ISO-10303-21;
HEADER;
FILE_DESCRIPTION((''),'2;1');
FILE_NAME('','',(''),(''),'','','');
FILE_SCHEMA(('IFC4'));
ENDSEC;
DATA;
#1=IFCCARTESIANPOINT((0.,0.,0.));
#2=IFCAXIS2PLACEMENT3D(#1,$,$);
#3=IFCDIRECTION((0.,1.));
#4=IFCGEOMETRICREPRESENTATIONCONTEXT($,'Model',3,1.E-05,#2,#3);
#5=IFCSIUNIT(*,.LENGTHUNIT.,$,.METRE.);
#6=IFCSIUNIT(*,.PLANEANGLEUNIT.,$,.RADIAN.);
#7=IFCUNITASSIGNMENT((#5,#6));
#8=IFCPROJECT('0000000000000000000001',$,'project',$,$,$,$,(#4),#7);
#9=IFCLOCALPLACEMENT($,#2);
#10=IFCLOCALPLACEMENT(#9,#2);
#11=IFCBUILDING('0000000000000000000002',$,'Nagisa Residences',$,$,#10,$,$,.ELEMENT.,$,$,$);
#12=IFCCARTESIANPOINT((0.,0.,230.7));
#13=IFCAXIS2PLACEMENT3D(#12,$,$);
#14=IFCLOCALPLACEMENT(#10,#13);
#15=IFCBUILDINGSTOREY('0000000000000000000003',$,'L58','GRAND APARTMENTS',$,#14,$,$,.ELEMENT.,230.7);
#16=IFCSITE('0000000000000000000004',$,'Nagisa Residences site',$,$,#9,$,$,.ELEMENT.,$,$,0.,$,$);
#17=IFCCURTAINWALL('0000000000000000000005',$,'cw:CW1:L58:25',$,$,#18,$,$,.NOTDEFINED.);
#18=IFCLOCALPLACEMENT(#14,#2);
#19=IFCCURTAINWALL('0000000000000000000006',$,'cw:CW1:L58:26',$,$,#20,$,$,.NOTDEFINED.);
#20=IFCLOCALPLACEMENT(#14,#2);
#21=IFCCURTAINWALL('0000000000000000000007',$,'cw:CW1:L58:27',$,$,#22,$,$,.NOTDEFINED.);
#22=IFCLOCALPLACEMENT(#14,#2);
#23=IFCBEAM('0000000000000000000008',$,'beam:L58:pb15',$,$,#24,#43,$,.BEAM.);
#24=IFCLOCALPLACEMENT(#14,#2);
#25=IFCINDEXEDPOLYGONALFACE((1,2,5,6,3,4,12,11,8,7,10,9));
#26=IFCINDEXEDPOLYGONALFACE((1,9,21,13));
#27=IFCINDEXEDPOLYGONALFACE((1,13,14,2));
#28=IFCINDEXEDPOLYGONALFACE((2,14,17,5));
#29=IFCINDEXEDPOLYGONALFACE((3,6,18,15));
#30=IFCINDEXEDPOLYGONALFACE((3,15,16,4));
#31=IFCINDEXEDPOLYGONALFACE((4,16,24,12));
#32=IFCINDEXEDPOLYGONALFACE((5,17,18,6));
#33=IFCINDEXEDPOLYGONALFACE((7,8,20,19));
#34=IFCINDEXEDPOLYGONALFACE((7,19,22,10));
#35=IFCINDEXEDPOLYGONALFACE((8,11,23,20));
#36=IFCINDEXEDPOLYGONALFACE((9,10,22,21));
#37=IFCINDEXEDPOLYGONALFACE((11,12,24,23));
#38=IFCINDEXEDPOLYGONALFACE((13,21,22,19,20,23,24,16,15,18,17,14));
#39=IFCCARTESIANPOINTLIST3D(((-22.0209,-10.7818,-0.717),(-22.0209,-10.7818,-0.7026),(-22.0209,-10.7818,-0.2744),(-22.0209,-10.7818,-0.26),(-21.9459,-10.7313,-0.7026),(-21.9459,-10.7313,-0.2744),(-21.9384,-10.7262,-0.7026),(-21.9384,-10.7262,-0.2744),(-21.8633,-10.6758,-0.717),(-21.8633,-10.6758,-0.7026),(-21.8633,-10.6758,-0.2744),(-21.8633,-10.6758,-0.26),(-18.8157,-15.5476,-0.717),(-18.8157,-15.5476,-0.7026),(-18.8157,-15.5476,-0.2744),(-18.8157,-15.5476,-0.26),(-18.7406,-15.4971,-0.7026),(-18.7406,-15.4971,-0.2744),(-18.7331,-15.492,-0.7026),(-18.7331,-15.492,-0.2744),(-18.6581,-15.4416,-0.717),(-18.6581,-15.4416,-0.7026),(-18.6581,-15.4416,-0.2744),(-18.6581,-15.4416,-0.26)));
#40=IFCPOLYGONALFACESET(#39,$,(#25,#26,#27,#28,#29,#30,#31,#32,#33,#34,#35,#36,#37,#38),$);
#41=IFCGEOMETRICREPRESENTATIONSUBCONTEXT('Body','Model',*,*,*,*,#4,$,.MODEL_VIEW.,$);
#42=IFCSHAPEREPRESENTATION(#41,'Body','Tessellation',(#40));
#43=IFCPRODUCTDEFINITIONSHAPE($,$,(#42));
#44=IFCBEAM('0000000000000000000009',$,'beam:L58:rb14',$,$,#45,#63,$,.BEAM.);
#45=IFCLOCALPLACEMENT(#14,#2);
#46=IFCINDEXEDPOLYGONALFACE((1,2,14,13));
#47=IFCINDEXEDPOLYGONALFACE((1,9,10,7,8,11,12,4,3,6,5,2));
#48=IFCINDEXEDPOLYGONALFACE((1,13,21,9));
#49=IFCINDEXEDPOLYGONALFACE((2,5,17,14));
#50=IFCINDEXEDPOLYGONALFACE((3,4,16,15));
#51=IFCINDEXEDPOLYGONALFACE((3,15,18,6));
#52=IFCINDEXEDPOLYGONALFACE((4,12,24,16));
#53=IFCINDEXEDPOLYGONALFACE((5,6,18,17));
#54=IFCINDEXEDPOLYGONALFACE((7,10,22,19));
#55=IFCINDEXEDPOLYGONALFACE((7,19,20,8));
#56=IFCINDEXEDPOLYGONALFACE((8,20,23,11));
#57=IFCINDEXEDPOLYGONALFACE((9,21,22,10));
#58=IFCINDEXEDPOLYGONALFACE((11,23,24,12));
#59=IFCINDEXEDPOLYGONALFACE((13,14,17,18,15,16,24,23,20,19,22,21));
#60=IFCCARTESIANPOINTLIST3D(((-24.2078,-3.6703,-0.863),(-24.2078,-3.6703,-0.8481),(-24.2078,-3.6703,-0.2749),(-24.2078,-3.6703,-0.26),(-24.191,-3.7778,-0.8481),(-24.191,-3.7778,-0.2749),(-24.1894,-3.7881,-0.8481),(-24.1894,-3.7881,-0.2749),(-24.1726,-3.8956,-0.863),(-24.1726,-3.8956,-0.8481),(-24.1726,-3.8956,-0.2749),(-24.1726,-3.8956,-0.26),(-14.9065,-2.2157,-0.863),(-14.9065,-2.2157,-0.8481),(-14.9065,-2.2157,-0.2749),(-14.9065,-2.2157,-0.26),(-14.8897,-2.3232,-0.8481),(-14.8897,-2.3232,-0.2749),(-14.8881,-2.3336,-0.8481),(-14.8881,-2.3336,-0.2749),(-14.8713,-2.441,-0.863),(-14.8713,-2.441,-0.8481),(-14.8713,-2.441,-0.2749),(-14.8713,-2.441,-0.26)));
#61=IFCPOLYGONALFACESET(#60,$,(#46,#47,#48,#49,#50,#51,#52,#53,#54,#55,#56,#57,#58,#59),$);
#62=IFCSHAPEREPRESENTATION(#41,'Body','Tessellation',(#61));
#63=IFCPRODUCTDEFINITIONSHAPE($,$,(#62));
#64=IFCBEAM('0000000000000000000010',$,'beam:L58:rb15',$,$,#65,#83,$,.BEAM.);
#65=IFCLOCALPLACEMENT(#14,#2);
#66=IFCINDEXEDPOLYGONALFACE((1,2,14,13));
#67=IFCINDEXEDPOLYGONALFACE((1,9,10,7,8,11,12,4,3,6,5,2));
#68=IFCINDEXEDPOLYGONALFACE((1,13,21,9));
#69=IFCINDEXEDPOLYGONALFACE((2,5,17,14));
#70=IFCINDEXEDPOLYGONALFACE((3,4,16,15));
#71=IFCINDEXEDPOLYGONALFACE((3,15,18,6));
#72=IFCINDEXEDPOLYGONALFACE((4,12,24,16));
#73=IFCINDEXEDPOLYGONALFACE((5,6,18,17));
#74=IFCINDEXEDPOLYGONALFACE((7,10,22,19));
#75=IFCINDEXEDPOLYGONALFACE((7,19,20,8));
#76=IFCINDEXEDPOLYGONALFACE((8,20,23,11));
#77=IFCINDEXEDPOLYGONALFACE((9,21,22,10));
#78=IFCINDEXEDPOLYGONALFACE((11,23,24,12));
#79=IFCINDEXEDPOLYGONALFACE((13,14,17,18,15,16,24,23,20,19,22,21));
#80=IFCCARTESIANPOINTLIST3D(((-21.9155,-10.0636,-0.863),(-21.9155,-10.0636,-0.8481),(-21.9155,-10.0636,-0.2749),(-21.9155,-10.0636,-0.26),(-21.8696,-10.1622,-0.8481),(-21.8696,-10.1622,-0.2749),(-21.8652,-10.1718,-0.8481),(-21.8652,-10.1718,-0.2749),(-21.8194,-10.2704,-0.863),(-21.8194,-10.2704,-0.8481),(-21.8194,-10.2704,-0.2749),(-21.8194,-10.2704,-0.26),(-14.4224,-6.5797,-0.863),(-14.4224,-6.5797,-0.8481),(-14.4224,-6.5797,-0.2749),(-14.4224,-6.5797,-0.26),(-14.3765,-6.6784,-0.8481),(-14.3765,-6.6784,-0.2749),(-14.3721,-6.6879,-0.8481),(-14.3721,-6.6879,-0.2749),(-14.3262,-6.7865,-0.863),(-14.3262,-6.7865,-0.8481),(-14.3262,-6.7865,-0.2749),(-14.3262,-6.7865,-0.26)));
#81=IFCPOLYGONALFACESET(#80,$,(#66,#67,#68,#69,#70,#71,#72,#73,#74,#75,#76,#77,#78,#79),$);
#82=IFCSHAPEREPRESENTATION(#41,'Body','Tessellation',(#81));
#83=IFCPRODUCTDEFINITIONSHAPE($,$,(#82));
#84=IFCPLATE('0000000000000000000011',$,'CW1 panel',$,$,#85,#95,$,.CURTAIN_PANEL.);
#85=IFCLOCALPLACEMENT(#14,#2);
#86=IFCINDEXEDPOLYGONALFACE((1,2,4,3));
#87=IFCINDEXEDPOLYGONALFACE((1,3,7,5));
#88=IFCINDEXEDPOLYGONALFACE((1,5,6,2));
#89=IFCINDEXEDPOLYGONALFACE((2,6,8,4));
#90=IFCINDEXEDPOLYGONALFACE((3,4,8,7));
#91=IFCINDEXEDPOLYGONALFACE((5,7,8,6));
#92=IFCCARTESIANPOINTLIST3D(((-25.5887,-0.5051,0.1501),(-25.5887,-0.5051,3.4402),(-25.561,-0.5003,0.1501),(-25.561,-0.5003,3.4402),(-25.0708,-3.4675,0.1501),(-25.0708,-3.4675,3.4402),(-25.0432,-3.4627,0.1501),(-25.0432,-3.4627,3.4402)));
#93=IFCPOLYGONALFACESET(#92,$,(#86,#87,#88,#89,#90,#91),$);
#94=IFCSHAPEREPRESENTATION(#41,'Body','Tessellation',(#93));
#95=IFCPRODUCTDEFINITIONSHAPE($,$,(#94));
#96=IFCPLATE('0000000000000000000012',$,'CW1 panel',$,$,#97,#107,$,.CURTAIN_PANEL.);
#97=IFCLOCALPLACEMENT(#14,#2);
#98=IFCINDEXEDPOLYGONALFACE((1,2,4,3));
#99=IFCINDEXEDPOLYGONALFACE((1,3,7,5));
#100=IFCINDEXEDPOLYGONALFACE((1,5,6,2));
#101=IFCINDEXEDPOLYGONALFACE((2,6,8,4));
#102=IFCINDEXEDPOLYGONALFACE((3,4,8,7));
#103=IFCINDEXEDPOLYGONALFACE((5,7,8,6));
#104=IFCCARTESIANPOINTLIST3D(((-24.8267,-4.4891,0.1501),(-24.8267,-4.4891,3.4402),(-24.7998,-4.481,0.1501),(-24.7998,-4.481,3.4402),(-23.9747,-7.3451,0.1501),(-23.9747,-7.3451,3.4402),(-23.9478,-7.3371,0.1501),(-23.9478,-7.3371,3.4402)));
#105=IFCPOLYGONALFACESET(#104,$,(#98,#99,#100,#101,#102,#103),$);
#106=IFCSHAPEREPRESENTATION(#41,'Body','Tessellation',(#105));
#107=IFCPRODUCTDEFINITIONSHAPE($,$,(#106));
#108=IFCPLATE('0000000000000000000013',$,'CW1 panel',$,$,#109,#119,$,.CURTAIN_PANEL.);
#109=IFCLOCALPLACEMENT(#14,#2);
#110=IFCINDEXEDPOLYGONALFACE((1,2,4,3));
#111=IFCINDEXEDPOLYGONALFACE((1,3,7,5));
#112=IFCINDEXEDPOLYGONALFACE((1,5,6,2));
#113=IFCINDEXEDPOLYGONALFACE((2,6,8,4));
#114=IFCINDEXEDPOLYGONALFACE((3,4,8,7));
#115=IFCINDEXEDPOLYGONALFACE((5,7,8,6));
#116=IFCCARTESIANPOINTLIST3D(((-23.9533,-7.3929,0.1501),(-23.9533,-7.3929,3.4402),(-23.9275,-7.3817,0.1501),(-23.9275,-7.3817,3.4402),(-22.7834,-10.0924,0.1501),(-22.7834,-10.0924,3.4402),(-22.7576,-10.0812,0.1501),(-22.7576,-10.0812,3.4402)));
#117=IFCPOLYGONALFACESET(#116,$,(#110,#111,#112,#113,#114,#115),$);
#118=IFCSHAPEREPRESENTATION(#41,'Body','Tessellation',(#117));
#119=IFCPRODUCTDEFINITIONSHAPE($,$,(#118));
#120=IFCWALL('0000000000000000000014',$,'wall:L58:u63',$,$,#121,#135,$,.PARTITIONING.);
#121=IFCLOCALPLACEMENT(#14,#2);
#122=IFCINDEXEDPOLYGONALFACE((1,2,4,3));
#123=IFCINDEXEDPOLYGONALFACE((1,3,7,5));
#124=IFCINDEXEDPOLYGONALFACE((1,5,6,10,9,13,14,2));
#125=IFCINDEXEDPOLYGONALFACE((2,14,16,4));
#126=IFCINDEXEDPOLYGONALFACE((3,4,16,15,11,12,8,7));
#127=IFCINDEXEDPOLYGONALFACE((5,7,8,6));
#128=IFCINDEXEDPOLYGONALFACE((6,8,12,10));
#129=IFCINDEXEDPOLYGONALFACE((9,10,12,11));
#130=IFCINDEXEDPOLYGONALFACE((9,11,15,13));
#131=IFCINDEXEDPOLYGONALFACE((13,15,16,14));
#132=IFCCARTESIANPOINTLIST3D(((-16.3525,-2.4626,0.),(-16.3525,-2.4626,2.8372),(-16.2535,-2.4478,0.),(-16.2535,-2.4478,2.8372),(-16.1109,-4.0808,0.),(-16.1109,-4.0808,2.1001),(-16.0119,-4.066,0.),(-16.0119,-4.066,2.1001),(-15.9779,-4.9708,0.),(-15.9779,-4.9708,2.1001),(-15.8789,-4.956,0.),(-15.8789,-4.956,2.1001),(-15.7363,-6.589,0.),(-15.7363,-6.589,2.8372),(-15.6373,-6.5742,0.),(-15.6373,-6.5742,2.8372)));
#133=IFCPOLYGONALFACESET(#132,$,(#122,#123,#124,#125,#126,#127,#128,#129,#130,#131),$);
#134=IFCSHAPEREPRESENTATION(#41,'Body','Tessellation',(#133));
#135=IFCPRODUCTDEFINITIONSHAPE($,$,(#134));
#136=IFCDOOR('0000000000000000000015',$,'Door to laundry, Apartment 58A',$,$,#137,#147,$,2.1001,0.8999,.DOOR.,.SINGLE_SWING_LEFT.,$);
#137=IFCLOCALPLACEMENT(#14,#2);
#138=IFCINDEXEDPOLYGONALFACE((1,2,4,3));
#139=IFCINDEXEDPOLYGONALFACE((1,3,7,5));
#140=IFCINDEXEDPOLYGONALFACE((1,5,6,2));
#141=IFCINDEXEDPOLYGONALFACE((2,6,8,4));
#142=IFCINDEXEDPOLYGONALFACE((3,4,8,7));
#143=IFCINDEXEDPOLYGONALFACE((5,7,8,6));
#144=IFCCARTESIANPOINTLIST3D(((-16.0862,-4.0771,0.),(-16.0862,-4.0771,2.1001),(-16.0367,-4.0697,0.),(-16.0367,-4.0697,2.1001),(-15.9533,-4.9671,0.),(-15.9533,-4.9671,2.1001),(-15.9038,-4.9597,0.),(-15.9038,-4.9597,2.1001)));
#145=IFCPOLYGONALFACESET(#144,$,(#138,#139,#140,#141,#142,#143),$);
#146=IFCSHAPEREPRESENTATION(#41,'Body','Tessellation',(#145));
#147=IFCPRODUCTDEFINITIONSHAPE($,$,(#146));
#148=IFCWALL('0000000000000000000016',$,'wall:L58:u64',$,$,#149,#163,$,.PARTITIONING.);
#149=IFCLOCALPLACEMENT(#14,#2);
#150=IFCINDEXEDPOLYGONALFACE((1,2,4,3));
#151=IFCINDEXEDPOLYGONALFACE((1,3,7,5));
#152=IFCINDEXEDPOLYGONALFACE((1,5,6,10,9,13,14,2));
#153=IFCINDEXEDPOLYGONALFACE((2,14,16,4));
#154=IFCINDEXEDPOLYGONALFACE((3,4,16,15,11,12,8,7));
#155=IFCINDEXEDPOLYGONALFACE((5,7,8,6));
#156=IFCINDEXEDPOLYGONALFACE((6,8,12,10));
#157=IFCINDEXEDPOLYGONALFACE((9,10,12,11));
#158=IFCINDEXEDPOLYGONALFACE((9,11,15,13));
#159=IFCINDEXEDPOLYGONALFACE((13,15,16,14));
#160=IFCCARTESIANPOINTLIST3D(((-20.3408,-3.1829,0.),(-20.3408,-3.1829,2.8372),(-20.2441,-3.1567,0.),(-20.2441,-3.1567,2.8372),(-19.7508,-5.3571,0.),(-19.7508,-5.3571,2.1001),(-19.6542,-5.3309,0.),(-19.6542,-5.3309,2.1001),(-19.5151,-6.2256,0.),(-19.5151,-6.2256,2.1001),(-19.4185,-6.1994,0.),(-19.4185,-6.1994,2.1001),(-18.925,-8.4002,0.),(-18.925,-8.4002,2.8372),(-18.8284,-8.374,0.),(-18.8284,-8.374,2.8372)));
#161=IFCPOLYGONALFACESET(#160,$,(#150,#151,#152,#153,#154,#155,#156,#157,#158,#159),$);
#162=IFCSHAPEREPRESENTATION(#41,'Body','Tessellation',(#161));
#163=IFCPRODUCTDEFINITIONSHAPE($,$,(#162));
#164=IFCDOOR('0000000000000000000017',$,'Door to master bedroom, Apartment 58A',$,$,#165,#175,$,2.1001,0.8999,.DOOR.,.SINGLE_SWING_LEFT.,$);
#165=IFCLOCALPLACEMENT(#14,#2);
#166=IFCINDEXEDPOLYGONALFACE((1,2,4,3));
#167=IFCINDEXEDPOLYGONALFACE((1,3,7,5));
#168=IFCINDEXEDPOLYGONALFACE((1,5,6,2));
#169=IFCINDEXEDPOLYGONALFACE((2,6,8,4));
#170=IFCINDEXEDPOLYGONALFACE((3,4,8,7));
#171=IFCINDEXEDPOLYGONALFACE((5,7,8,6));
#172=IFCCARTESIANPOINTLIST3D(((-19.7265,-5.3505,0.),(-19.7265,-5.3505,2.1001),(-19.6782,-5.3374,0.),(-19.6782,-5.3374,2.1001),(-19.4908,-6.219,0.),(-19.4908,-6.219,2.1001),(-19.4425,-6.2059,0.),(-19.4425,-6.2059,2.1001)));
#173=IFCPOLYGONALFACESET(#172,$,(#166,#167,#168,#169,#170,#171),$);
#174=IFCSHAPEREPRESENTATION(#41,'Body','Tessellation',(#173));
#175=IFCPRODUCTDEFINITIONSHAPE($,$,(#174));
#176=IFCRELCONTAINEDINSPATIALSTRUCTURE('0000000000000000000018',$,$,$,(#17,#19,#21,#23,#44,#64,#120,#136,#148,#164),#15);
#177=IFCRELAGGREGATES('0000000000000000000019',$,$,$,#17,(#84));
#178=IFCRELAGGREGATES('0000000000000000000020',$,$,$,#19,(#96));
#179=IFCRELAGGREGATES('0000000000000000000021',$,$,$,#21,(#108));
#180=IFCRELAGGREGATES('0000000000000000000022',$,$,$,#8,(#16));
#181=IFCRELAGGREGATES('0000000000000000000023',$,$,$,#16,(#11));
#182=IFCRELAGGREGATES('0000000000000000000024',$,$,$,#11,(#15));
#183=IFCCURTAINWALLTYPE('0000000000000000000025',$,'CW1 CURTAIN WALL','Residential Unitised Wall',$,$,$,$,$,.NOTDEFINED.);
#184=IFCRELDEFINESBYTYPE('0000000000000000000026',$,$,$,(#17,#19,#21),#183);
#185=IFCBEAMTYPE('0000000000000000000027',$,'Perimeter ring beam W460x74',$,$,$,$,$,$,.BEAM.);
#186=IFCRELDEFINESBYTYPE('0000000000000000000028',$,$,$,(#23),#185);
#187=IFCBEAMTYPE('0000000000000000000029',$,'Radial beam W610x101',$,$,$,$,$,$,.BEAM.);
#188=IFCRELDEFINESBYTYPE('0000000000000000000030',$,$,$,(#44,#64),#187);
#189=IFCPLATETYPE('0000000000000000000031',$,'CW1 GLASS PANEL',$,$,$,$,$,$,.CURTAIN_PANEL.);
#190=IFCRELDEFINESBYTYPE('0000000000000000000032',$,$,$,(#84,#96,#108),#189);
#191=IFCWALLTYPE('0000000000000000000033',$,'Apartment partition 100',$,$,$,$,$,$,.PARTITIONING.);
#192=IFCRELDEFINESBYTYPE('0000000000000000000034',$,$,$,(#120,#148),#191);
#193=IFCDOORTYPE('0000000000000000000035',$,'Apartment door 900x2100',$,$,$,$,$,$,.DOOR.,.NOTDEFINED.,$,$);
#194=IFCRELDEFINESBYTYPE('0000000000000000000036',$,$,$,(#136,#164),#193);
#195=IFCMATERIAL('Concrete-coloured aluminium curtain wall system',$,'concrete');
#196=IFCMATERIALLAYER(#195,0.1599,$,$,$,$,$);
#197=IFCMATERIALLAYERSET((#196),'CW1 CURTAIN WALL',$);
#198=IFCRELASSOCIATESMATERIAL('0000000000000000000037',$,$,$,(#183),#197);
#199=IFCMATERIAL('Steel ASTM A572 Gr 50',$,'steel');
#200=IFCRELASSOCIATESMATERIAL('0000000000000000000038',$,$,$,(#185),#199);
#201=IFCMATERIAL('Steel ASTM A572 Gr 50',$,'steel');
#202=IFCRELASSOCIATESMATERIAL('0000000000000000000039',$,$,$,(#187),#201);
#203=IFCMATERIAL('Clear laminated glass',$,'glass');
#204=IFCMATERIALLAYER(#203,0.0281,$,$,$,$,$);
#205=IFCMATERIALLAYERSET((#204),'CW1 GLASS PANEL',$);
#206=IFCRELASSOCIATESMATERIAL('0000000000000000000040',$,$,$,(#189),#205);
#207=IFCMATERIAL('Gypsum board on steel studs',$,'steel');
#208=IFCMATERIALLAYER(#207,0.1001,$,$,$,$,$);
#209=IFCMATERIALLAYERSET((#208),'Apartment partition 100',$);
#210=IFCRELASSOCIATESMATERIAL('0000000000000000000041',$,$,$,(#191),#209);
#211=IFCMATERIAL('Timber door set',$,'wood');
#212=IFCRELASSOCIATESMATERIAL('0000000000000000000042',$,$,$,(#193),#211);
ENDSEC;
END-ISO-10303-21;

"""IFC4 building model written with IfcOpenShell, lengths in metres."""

from ifc_helpers import new_model, si_unit, direction, frame, frame_2d, origin, origin_2d, place, context, subcontext, project, spatial, rectangle, i_section, extrude, material, layer, layer_set, material_profile, profile_set, type_object, element, fill, aggregate, save


model = new_model("IFC4")

# Units and contexts
model_context = context("Model", 3, precision=1e-05, world=origin(), true_north=direction((0.0, 1.0)))
body_context = subcontext(model_context, "Body", "Model", "MODEL_VIEW")
ifc_project = project(units=[si_unit("LENGTHUNIT", "METRE"), si_unit("PLANEANGLEUNIT", "RADIAN")], contexts=[model_context])

# Site, building, storey
site_placement = place(None, origin())
site = spatial("IfcSite", under=ifc_project, at=site_placement, Name="Nagisa Residences site", CompositionType="ELEMENT", RefElevation=0.0)
building_placement = place(site_placement, origin())
building = spatial("IfcBuilding", under=site, at=building_placement, Name="Nagisa Residences", CompositionType="ELEMENT")
storey_placement = place(building_placement, frame((0.0, 0.0, 230.7)))
storey = spatial("IfcBuildingStorey", under=building, at=storey_placement, Name="L58", Description="GRAND APARTMENTS", CompositionType="ELEMENT", Elevation=230.7)

# Curtain walls
ifc_material_1 = material(Name="Concrete-coloured aluminium curtain wall system", Category="concrete")
ifc_layer_1 = layer(ifc_material_1, 0.1599)
ifc_layer_set_1 = layer_set([ifc_layer_1], Name="CW1 CURTAIN WALL")
curtain_wall_type = type_object("IfcCurtainWallType", Name="CW1 CURTAIN WALL", Description="Residential Unitised Wall", PredefinedType="NOTDEFINED", material=ifc_layer_set_1)
curtain_wall_1_placement = place(storey_placement, origin())
curtain_wall_1 = element("IfcCurtainWall", 1, at=curtain_wall_1_placement, inside=storey, type_object=curtain_wall_type, Name="cw:CW1:L58:25", PredefinedType="NOTDEFINED")
curtain_wall_2_placement = place(storey_placement, origin())
curtain_wall_2 = element("IfcCurtainWall", 2, at=curtain_wall_2_placement, inside=storey, type_object=curtain_wall_type, Name="cw:CW1:L58:26", PredefinedType="NOTDEFINED")
curtain_wall_3_placement = place(storey_placement, origin())
curtain_wall_3 = element("IfcCurtainWall", 3, at=curtain_wall_3_placement, inside=storey, type_object=curtain_wall_type, Name="cw:CW1:L58:27", PredefinedType="NOTDEFINED")

# Beams
ifc_material_2 = material(Name="Steel ASTM A572 Gr 50", Category="steel")
ifc_material_profile_1 = material_profile(ifc_material_2, i_section(OverallWidth=0.1899, OverallDepth=0.457, WebThickness=0.009, FlangeThickness=0.0144, at=origin_2d()), Name="W460x74")
ifc_profile_set_1 = profile_set([ifc_material_profile_1], Name="Steel ASTM A572 Gr 50")
beam_type_1 = type_object("IfcBeamType", Name="Perimeter ring beam W460x74", PredefinedType="BEAM", material=ifc_profile_set_1)
beam_1_placement = place(storey_placement, frame((-21.9421, -10.7288, -0.4885), z_axis=(0.55808, -0.829787, 0.0), x_axis=(0.829787, 0.55808, 0.0)))
element("IfcBeam", 4, at=beam_1_placement, inside=storey, type_object=beam_type_1, Name="beam:L58:pb15", PredefinedType="BEAM", context=body_context, shape_type="SweptSolid", body=[
    extrude(i_section(OverallWidth=0.1899, OverallDepth=0.457, WebThickness=0.009, FlangeThickness=0.0144, at=origin_2d()), origin(), (0.0, 0.0, 1.0), 5.7434),
])
ifc_material_3 = material(Name="Steel ASTM A572 Gr 50", Category="steel")
ifc_material_profile_2 = material_profile(ifc_material_3, i_section(OverallWidth=0.228, OverallDepth=0.603, WebThickness=0.0105, FlangeThickness=0.0149, at=origin_2d()), Name="W610x101")
ifc_profile_set_2 = profile_set([ifc_material_profile_2], Name="Steel ASTM A572 Gr 50")
beam_type_2 = type_object("IfcBeamType", Name="Radial beam W610x101", PredefinedType="BEAM", material=ifc_profile_set_2)
beam_2_placement = place(storey_placement, frame((-24.1902, -3.783, -0.5615), z_axis=(0.987992, 0.154508, 0.0), x_axis=(-0.154508, 0.987992, 0.0)))
element("IfcBeam", 5, at=beam_2_placement, inside=storey, type_object=beam_type_2, Name="beam:L58:rb14", PredefinedType="BEAM", context=body_context, shape_type="SweptSolid", body=[
    extrude(i_section(OverallWidth=0.228, OverallDepth=0.603, WebThickness=0.0105, FlangeThickness=0.0149, at=origin_2d()), origin(), (0.0, 0.0, 1.0), 9.4143),
])
beam_3_placement = place(storey_placement, frame((-21.8674, -10.167, -0.5615), z_axis=(0.906782, 0.421601, 0.0), x_axis=(-0.421601, 0.906782, 0.0)))
element("IfcBeam", 6, at=beam_3_placement, inside=storey, type_object=beam_type_2, Name="beam:L58:rb15", PredefinedType="BEAM", context=body_context, shape_type="SweptSolid", body=[
    extrude(i_section(OverallWidth=0.228, OverallDepth=0.603, WebThickness=0.0105, FlangeThickness=0.0149, at=origin_2d()), origin(), (0.0, 0.0, 1.0), 8.2634),
])

# Plates
ifc_material_4 = material(Name="Clear laminated glass", Category="glass")
ifc_layer_2 = layer(ifc_material_4, 0.0281)
ifc_layer_set_2 = layer_set([ifc_layer_2], Name="CW1 GLASS PANEL")
plate_type = type_object("IfcPlateType", Name="CW1 GLASS PANEL", PredefinedType="CURTAIN_PANEL", material=ifc_layer_set_2)
plate_1_placement = place(storey_placement, frame((-25.3159, -1.9839, 0.1501), z_axis=(0.0, 0.0, 1.0), x_axis=(0.172191, -0.985064, 0.0)))
plate_1 = element("IfcPlate", 7, at=plate_1_placement, type_object=plate_type, Name="CW1 panel", PredefinedType="CURTAIN_PANEL", context=body_context, shape_type="SweptSolid", body=[
    extrude(rectangle(XDim=3.0073, YDim=0.0281, at=origin_2d()), origin(), (0.0, 0.0, 1.0), 3.29),
])
aggregate(curtain_wall_1, [plate_1])
plate_2_placement = place(storey_placement, frame((-24.3872, -5.9131, 0.1501), z_axis=(0.0, 0.0, 1.0), x_axis=(0.28586, -0.958271, 0.0)))
plate_2 = element("IfcPlate", 8, at=plate_2_placement, type_object=plate_type, Name="CW1 panel", PredefinedType="CURTAIN_PANEL", context=body_context, shape_type="SweptSolid", body=[
    extrude(rectangle(XDim=2.9805, YDim=0.0281, at=origin_2d()), origin(), (0.0, 0.0, 1.0), 3.29),
])
aggregate(curtain_wall_2, [plate_2])
plate_3_placement = place(storey_placement, frame((-23.3555, -8.7371, 0.1501), z_axis=(0.0, 0.0, 1.0), x_axis=(0.397636, -0.917543, 0.0)))
plate_3 = element("IfcPlate", 9, at=plate_3_placement, type_object=plate_type, Name="CW1 panel", PredefinedType="CURTAIN_PANEL", context=body_context, shape_type="SweptSolid", body=[
    extrude(rectangle(XDim=2.9421, YDim=0.0281, at=origin_2d()), origin(), (0.0, 0.0, 1.0), 3.29),
])
aggregate(curtain_wall_3, [plate_3])

# Walls, openings, doors
ifc_material_5 = material(Name="Gypsum board on steel studs", Category="steel")
ifc_layer_3 = layer(ifc_material_5, 0.1001)
ifc_layer_set_3 = layer_set([ifc_layer_3], Name="Apartment partition 100")
wall_type_1 = type_object("IfcWallType", Name="Apartment partition 100", PredefinedType="PARTITIONING", material=ifc_layer_set_3)
wall_1_placement = place(storey_placement, frame((-16.303, -2.4553, 0.0), z_axis=(0.0, 0.0, 1.0), x_axis=(0.147694, -0.989033, 0.0)))
wall_1 = element("IfcWall", 10, at=wall_1_placement, inside=storey, type_object=wall_type_1, Name="wall:L58:u63", PredefinedType="PARTITIONING", context=body_context, shape_type="SweptSolid", body=[
    extrude(rectangle(XDim=4.1721, YDim=0.1001, at=frame_2d((2.0859, 0.0))), origin(), (0.0, 0.0, 1.0), 2.8372),
])
opening_1_placement = place(wall_1_placement, frame((1.636, 0.0, 0.0)))
opening_1 = element("IfcOpeningElement", 11, at=opening_1_placement, cuts=wall_1, PredefinedType="OPENING", context=body_context, shape_type="SweptSolid", body=[
    extrude(rectangle(XDim=0.8999, YDim=2.1001, at=frame_2d((0.45, 1.05))), frame((0.0, 0.0601, 0.0), z_axis=(0.0, -1.0, 0.0), x_axis=(1.0, 0.0, 0.0)), (0.0, 0.0, 1.0), 0.1201),
])
ifc_material_6 = material(Name="Timber door set", Category="wood")
door_type_1 = type_object("IfcDoorType", Name="Apartment door 900x2100", OperationType="NOTDEFINED", PredefinedType="DOOR", material=ifc_material_6)
door_1_placement = place(opening_1_placement, origin())
door_1 = element("IfcDoor", 12, at=door_1_placement, inside=storey, type_object=door_type_1, Name="Door to laundry, Apartment 58A", OperationType="SINGLE_SWING_LEFT", OverallHeight=2.1001, OverallWidth=0.8999, PredefinedType="DOOR", context=body_context, shape_type="SweptSolid", body=[
    extrude(rectangle(XDim=0.8999, YDim=2.1001, at=frame_2d((0.45, 1.05))), frame((0.0, 0.0249, 0.0), z_axis=(0.0, -1.0, 0.0), x_axis=(1.0, 0.0, 0.0)), (0.0, 0.0, 1.0), 0.05),
])
fill(opening_1, door_1)
wall_2_placement = place(storey_placement, frame((-20.2925, -3.1697, 0.0), z_axis=(0.0, 0.0, 1.0), x_axis=(0.261891, -0.965098, 0.0)))
wall_2 = element("IfcWall", 13, at=wall_2_placement, inside=storey, type_object=wall_type_1, Name="wall:L58:u64", PredefinedType="PARTITIONING", context=body_context, shape_type="SweptSolid", body=[
    extrude(rectangle(XDim=5.406, YDim=0.1001, at=frame_2d((2.7031, 0.0))), origin(), (0.0, 0.0, 1.0), 2.8372),
])
opening_2_placement = place(wall_2_placement, frame((2.2529, 0.0, 0.0)))
opening_2 = element("IfcOpeningElement", 14, at=opening_2_placement, cuts=wall_2, PredefinedType="OPENING", context=body_context, shape_type="SweptSolid", body=[
    extrude(rectangle(XDim=0.8999, YDim=2.1001, at=frame_2d((0.45, 1.05))), frame((0.0, 0.0601, 0.0), z_axis=(0.0, -1.0, 0.0), x_axis=(1.0, 0.0, 0.0)), (0.0, 0.0, 1.0), 0.1201),
])
door_2_placement = place(opening_2_placement, frame((0.8999, 0.0, 0.0), x_axis=(-1.0, 0.0, 0.0)))
door_2 = element("IfcDoor", 15, at=door_2_placement, inside=storey, type_object=door_type_1, Name="Door to master bedroom, Apartment 58A", OperationType="SINGLE_SWING_LEFT", OverallHeight=2.1001, OverallWidth=0.8999, PredefinedType="DOOR", context=body_context, shape_type="SweptSolid", body=[
    extrude(rectangle(XDim=0.8999, YDim=2.1001, at=frame_2d((0.45, 1.05))), frame((0.0, 0.0249, 0.0), z_axis=(0.0, -1.0, 0.0), x_axis=(1.0, 0.0, 0.0)), (0.0, 0.0, 1.0), 0.05),
])
fill(opening_2, door_2)

save(model, "model.ifc")
